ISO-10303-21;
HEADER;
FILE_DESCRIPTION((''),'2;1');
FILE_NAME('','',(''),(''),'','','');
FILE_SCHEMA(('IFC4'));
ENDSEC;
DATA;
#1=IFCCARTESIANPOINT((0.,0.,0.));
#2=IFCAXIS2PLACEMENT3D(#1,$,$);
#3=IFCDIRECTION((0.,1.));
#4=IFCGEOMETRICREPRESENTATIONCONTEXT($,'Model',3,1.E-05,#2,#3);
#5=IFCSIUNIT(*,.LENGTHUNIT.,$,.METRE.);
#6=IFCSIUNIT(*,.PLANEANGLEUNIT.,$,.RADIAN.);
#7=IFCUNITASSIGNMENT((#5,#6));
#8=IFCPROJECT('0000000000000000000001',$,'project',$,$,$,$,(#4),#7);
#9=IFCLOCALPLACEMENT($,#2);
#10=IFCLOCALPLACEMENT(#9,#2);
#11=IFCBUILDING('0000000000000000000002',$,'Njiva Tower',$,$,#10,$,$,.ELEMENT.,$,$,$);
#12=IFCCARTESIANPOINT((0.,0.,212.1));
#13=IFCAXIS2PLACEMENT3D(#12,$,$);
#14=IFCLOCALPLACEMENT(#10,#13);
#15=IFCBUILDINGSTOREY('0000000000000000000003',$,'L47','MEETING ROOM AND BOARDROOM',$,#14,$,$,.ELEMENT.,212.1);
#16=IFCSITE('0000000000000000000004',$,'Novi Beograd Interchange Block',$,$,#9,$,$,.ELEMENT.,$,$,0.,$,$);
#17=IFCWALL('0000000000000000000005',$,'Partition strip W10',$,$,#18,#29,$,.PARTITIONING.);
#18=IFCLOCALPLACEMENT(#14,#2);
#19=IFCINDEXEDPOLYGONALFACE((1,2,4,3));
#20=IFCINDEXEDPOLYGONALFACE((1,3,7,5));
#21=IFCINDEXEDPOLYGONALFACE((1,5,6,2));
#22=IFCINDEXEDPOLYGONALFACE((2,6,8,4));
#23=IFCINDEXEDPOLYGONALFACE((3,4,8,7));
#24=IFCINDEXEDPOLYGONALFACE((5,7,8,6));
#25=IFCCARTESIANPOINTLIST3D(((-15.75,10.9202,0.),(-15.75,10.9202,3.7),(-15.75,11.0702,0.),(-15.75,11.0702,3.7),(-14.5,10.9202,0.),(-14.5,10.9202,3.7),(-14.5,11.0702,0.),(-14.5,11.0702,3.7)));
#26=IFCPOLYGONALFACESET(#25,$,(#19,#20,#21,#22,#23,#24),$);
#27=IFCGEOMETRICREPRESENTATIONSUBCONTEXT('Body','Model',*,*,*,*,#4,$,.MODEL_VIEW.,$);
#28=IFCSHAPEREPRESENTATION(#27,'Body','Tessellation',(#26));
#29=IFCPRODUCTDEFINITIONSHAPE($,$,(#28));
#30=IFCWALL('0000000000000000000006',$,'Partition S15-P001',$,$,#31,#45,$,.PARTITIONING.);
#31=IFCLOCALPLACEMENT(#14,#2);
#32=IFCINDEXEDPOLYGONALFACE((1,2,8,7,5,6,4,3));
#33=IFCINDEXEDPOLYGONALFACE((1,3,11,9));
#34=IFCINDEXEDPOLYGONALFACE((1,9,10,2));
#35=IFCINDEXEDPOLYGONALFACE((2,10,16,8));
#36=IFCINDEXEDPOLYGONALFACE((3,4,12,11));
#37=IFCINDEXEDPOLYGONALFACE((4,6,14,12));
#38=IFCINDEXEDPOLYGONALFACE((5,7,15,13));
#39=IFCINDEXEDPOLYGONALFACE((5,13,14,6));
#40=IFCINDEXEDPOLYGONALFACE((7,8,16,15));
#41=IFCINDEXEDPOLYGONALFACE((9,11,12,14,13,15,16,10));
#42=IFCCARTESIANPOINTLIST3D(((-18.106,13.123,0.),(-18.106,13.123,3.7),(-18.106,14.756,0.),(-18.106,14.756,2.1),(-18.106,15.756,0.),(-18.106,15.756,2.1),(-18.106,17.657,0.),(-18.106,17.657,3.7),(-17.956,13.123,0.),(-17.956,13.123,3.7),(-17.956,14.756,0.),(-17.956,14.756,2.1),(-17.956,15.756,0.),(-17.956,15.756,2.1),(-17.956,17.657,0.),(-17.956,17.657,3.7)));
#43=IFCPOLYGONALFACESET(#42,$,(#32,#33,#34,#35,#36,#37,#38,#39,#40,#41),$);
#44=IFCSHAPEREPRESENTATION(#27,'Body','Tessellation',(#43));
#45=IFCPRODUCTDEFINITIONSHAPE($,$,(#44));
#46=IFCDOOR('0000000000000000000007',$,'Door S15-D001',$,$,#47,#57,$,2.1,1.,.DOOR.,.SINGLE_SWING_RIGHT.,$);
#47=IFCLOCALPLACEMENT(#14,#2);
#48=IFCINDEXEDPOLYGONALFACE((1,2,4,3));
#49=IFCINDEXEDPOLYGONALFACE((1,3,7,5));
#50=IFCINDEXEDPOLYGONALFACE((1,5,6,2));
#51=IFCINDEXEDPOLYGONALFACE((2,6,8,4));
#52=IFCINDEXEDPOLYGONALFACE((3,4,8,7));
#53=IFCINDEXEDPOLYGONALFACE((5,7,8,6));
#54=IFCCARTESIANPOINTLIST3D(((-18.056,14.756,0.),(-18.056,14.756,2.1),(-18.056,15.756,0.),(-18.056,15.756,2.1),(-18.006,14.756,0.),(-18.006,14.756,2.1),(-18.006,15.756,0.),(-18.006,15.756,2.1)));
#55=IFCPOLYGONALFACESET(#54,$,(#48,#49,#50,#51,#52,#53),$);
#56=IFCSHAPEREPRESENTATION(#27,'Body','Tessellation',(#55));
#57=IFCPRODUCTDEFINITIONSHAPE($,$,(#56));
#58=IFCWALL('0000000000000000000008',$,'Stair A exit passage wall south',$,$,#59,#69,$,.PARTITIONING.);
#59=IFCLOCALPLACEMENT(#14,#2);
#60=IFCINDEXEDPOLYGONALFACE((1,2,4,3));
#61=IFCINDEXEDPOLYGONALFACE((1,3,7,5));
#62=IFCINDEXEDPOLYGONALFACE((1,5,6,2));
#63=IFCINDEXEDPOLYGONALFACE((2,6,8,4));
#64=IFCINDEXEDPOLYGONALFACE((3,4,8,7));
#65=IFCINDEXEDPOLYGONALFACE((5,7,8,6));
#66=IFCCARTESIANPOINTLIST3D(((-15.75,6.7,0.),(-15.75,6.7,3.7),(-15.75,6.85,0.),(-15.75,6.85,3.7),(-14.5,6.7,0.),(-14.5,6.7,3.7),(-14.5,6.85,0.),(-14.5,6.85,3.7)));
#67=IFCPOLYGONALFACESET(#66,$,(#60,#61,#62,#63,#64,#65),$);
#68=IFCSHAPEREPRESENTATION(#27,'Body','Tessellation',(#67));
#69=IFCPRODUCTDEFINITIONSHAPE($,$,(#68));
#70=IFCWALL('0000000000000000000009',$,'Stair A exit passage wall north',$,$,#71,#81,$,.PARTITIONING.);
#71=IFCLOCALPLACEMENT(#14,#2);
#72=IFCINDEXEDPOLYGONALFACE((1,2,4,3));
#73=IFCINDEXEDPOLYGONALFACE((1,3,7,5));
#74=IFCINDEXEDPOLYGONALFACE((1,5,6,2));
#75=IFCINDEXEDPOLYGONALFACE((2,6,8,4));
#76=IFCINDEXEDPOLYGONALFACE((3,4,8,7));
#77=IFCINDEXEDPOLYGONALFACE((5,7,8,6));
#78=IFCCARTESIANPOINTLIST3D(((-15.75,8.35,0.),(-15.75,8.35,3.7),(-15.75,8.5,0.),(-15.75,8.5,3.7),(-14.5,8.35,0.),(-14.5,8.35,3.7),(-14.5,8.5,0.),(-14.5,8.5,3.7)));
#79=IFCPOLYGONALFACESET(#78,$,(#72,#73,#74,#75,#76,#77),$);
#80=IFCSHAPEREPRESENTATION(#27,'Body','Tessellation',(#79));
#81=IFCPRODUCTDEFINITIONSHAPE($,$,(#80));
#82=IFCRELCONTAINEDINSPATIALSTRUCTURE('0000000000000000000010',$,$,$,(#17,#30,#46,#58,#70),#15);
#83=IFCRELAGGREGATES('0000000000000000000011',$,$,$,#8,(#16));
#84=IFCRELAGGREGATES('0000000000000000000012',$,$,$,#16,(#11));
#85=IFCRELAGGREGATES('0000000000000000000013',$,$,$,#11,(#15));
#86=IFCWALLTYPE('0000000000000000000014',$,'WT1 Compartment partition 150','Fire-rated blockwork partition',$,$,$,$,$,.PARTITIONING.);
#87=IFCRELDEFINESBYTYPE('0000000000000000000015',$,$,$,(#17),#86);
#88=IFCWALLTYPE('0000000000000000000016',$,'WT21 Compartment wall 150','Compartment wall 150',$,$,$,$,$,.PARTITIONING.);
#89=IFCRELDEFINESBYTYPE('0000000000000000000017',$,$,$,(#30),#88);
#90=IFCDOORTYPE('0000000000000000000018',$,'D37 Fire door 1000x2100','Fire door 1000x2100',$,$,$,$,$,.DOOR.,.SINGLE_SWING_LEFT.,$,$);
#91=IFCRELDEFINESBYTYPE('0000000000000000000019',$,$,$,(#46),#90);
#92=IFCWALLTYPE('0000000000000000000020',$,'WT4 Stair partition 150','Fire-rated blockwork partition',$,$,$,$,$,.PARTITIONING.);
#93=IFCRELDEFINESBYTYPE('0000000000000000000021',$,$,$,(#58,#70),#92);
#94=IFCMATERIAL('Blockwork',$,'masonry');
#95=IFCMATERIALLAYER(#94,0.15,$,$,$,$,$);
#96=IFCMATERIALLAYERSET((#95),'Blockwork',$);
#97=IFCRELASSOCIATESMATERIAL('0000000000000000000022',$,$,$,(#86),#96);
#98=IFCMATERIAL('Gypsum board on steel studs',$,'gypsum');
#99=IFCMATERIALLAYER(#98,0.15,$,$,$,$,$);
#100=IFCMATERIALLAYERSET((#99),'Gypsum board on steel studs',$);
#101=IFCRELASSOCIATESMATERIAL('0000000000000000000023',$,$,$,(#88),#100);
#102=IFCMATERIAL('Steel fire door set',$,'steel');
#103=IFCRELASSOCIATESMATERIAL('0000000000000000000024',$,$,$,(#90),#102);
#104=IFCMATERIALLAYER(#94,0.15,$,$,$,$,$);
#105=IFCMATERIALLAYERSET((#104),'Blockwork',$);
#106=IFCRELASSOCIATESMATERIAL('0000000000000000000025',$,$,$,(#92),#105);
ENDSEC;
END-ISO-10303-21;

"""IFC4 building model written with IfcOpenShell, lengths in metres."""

from ifc_helpers import new_model, si_unit, direction, frame, frame_2d, origin, place, context, subcontext, project, spatial, rectangle, extrude, material, layer, layer_set, type_object, element, fill, save


model = new_model("IFC4")

# Units and contexts
model_context = context("Model", 3, precision=1e-05, world=origin(), true_north=direction((0.0, 1.0)))
body_context = subcontext(model_context, "Body", "Model", "MODEL_VIEW")
ifc_project = project(units=[si_unit("LENGTHUNIT", "METRE"), si_unit("PLANEANGLEUNIT", "RADIAN")], contexts=[model_context])

# Site, building, storey
site_placement = place(None, origin())
site = spatial("IfcSite", under=ifc_project, at=site_placement, Name="Novi Beograd Interchange Block", CompositionType="ELEMENT", RefElevation=0.0)
building_placement = place(site_placement, origin())
building = spatial("IfcBuilding", under=site, at=building_placement, Name="Njiva Tower", CompositionType="ELEMENT")
storey_placement = place(building_placement, frame((0.0, 0.0, 212.1)))
storey = spatial("IfcBuildingStorey", under=building, at=storey_placement, Name="L47", Description="MEETING ROOM AND BOARDROOM", CompositionType="ELEMENT", Elevation=212.1)

# Wall
ifc_material_1 = material(Name="Blockwork", Category="masonry")
ifc_layer_1 = layer(ifc_material_1, 0.15)
ifc_layer_set_1 = layer_set([ifc_layer_1], Name="Blockwork")
wall_type_1 = type_object("IfcWallType", Name="WT1 Compartment partition 150", Description="Fire-rated blockwork partition", PredefinedType="PARTITIONING", material=ifc_layer_set_1)
for number, where, z_axis, x_axis, name in (
    (1, (-15.75, 10.9952, 0.0), (0.0, 0.0, 1.0), (1.0, 0.0, 0.0), "Partition strip W10"),
):
    element("IfcWall", number, at=place(storey_placement, frame(where, z_axis=z_axis, x_axis=x_axis)), inside=storey, type_object=wall_type_1, Name=name, PredefinedType="PARTITIONING", context=body_context, shape_type="SweptSolid", body=[
        extrude(rectangle(XDim=1.25, YDim=0.15, at=frame_2d((0.625, 0.0))), origin(), (0.0, 0.0, 1.0), 3.7),
    ])

# Wall, opening, door
ifc_material_2 = material(Name="Gypsum board on steel studs", Category="gypsum")
ifc_layer_2 = layer(ifc_material_2, 0.15)
ifc_layer_set_2 = layer_set([ifc_layer_2], Name="Gypsum board on steel studs")
wall_type_2 = type_object("IfcWallType", Name="WT21 Compartment wall 150", Description="Compartment wall 150", PredefinedType="PARTITIONING", material=ifc_layer_set_2)
wall_1_placement = place(storey_placement, frame((-18.031, 13.123, 0.0), z_axis=(0.0, 0.0, 1.0), x_axis=(0.0, 1.0, 0.0)))
wall_1 = element("IfcWall", 2, at=wall_1_placement, inside=storey, type_object=wall_type_2, Name="Partition S15-P001", PredefinedType="PARTITIONING", context=body_context, shape_type="SweptSolid", body=[
    extrude(rectangle(XDim=4.534, YDim=0.15, at=frame_2d((2.267, 0.0))), origin(), (0.0, 0.0, 1.0), 3.7),
])
opening_1_placement = place(wall_1_placement, frame((1.633, 0.0, 0.0)))
opening_1 = element("IfcOpeningElement", 3, at=opening_1_placement, cuts=wall_1, PredefinedType="OPENING", context=body_context, shape_type="SweptSolid", body=[
    extrude(rectangle(XDim=1.0, YDim=2.1, at=frame_2d((0.5, 1.05))), frame((0.0, 0.085, 0.0), z_axis=(0.0, -1.0, 0.0), x_axis=(1.0, 0.0, 0.0)), (0.0, 0.0, 1.0), 0.17),
])
ifc_material_3 = material(Name="Steel fire door set", Category="steel")
door_type = type_object("IfcDoorType", Name="D37 Fire door 1000x2100", Description="Fire door 1000x2100", OperationType="SINGLE_SWING_LEFT", PredefinedType="DOOR", material=ifc_material_3)
door_placement = place(opening_1_placement, origin())
door = element("IfcDoor", 4, at=door_placement, inside=storey, type_object=door_type, Name="Door S15-D001", OperationType="SINGLE_SWING_RIGHT", OverallHeight=2.1, OverallWidth=1.0, PredefinedType="DOOR", context=body_context, shape_type="SweptSolid", body=[
    extrude(rectangle(XDim=1.0, YDim=2.1, at=frame_2d((0.5, 1.05))), frame((0.0, 0.025, 0.0), z_axis=(0.0, -1.0, 0.0), x_axis=(1.0, 0.0, 0.0)), (0.0, 0.0, 1.0), 0.05),
])
fill(opening_1, door)

# Walls
ifc_layer_3 = layer(ifc_material_1, 0.15)
ifc_layer_set_3 = layer_set([ifc_layer_3], Name="Blockwork")
wall_type_3 = type_object("IfcWallType", Name="WT4 Stair partition 150", Description="Fire-rated blockwork partition", PredefinedType="PARTITIONING", material=ifc_layer_set_3)
for number, where, z_axis, x_axis, name in (
    (5, (-15.75, 6.775, 0.0), (0.0, 0.0, 1.0), (1.0, 0.0, 0.0), "Stair A exit passage wall south"),
    (6, (-15.75, 8.425, 0.0), (0.0, 0.0, 1.0), (1.0, 0.0, 0.0), "Stair A exit passage wall north"),
):
    element("IfcWall", number, at=place(storey_placement, frame(where, z_axis=z_axis, x_axis=x_axis)), inside=storey, type_object=wall_type_3, Name=name, PredefinedType="PARTITIONING", context=body_context, shape_type="SweptSolid", body=[
        extrude(rectangle(XDim=1.25, YDim=0.15, at=frame_2d((0.625, 0.0))), origin(), (0.0, 0.0, 1.0), 3.7),
    ])

save(model, "model.ifc")
